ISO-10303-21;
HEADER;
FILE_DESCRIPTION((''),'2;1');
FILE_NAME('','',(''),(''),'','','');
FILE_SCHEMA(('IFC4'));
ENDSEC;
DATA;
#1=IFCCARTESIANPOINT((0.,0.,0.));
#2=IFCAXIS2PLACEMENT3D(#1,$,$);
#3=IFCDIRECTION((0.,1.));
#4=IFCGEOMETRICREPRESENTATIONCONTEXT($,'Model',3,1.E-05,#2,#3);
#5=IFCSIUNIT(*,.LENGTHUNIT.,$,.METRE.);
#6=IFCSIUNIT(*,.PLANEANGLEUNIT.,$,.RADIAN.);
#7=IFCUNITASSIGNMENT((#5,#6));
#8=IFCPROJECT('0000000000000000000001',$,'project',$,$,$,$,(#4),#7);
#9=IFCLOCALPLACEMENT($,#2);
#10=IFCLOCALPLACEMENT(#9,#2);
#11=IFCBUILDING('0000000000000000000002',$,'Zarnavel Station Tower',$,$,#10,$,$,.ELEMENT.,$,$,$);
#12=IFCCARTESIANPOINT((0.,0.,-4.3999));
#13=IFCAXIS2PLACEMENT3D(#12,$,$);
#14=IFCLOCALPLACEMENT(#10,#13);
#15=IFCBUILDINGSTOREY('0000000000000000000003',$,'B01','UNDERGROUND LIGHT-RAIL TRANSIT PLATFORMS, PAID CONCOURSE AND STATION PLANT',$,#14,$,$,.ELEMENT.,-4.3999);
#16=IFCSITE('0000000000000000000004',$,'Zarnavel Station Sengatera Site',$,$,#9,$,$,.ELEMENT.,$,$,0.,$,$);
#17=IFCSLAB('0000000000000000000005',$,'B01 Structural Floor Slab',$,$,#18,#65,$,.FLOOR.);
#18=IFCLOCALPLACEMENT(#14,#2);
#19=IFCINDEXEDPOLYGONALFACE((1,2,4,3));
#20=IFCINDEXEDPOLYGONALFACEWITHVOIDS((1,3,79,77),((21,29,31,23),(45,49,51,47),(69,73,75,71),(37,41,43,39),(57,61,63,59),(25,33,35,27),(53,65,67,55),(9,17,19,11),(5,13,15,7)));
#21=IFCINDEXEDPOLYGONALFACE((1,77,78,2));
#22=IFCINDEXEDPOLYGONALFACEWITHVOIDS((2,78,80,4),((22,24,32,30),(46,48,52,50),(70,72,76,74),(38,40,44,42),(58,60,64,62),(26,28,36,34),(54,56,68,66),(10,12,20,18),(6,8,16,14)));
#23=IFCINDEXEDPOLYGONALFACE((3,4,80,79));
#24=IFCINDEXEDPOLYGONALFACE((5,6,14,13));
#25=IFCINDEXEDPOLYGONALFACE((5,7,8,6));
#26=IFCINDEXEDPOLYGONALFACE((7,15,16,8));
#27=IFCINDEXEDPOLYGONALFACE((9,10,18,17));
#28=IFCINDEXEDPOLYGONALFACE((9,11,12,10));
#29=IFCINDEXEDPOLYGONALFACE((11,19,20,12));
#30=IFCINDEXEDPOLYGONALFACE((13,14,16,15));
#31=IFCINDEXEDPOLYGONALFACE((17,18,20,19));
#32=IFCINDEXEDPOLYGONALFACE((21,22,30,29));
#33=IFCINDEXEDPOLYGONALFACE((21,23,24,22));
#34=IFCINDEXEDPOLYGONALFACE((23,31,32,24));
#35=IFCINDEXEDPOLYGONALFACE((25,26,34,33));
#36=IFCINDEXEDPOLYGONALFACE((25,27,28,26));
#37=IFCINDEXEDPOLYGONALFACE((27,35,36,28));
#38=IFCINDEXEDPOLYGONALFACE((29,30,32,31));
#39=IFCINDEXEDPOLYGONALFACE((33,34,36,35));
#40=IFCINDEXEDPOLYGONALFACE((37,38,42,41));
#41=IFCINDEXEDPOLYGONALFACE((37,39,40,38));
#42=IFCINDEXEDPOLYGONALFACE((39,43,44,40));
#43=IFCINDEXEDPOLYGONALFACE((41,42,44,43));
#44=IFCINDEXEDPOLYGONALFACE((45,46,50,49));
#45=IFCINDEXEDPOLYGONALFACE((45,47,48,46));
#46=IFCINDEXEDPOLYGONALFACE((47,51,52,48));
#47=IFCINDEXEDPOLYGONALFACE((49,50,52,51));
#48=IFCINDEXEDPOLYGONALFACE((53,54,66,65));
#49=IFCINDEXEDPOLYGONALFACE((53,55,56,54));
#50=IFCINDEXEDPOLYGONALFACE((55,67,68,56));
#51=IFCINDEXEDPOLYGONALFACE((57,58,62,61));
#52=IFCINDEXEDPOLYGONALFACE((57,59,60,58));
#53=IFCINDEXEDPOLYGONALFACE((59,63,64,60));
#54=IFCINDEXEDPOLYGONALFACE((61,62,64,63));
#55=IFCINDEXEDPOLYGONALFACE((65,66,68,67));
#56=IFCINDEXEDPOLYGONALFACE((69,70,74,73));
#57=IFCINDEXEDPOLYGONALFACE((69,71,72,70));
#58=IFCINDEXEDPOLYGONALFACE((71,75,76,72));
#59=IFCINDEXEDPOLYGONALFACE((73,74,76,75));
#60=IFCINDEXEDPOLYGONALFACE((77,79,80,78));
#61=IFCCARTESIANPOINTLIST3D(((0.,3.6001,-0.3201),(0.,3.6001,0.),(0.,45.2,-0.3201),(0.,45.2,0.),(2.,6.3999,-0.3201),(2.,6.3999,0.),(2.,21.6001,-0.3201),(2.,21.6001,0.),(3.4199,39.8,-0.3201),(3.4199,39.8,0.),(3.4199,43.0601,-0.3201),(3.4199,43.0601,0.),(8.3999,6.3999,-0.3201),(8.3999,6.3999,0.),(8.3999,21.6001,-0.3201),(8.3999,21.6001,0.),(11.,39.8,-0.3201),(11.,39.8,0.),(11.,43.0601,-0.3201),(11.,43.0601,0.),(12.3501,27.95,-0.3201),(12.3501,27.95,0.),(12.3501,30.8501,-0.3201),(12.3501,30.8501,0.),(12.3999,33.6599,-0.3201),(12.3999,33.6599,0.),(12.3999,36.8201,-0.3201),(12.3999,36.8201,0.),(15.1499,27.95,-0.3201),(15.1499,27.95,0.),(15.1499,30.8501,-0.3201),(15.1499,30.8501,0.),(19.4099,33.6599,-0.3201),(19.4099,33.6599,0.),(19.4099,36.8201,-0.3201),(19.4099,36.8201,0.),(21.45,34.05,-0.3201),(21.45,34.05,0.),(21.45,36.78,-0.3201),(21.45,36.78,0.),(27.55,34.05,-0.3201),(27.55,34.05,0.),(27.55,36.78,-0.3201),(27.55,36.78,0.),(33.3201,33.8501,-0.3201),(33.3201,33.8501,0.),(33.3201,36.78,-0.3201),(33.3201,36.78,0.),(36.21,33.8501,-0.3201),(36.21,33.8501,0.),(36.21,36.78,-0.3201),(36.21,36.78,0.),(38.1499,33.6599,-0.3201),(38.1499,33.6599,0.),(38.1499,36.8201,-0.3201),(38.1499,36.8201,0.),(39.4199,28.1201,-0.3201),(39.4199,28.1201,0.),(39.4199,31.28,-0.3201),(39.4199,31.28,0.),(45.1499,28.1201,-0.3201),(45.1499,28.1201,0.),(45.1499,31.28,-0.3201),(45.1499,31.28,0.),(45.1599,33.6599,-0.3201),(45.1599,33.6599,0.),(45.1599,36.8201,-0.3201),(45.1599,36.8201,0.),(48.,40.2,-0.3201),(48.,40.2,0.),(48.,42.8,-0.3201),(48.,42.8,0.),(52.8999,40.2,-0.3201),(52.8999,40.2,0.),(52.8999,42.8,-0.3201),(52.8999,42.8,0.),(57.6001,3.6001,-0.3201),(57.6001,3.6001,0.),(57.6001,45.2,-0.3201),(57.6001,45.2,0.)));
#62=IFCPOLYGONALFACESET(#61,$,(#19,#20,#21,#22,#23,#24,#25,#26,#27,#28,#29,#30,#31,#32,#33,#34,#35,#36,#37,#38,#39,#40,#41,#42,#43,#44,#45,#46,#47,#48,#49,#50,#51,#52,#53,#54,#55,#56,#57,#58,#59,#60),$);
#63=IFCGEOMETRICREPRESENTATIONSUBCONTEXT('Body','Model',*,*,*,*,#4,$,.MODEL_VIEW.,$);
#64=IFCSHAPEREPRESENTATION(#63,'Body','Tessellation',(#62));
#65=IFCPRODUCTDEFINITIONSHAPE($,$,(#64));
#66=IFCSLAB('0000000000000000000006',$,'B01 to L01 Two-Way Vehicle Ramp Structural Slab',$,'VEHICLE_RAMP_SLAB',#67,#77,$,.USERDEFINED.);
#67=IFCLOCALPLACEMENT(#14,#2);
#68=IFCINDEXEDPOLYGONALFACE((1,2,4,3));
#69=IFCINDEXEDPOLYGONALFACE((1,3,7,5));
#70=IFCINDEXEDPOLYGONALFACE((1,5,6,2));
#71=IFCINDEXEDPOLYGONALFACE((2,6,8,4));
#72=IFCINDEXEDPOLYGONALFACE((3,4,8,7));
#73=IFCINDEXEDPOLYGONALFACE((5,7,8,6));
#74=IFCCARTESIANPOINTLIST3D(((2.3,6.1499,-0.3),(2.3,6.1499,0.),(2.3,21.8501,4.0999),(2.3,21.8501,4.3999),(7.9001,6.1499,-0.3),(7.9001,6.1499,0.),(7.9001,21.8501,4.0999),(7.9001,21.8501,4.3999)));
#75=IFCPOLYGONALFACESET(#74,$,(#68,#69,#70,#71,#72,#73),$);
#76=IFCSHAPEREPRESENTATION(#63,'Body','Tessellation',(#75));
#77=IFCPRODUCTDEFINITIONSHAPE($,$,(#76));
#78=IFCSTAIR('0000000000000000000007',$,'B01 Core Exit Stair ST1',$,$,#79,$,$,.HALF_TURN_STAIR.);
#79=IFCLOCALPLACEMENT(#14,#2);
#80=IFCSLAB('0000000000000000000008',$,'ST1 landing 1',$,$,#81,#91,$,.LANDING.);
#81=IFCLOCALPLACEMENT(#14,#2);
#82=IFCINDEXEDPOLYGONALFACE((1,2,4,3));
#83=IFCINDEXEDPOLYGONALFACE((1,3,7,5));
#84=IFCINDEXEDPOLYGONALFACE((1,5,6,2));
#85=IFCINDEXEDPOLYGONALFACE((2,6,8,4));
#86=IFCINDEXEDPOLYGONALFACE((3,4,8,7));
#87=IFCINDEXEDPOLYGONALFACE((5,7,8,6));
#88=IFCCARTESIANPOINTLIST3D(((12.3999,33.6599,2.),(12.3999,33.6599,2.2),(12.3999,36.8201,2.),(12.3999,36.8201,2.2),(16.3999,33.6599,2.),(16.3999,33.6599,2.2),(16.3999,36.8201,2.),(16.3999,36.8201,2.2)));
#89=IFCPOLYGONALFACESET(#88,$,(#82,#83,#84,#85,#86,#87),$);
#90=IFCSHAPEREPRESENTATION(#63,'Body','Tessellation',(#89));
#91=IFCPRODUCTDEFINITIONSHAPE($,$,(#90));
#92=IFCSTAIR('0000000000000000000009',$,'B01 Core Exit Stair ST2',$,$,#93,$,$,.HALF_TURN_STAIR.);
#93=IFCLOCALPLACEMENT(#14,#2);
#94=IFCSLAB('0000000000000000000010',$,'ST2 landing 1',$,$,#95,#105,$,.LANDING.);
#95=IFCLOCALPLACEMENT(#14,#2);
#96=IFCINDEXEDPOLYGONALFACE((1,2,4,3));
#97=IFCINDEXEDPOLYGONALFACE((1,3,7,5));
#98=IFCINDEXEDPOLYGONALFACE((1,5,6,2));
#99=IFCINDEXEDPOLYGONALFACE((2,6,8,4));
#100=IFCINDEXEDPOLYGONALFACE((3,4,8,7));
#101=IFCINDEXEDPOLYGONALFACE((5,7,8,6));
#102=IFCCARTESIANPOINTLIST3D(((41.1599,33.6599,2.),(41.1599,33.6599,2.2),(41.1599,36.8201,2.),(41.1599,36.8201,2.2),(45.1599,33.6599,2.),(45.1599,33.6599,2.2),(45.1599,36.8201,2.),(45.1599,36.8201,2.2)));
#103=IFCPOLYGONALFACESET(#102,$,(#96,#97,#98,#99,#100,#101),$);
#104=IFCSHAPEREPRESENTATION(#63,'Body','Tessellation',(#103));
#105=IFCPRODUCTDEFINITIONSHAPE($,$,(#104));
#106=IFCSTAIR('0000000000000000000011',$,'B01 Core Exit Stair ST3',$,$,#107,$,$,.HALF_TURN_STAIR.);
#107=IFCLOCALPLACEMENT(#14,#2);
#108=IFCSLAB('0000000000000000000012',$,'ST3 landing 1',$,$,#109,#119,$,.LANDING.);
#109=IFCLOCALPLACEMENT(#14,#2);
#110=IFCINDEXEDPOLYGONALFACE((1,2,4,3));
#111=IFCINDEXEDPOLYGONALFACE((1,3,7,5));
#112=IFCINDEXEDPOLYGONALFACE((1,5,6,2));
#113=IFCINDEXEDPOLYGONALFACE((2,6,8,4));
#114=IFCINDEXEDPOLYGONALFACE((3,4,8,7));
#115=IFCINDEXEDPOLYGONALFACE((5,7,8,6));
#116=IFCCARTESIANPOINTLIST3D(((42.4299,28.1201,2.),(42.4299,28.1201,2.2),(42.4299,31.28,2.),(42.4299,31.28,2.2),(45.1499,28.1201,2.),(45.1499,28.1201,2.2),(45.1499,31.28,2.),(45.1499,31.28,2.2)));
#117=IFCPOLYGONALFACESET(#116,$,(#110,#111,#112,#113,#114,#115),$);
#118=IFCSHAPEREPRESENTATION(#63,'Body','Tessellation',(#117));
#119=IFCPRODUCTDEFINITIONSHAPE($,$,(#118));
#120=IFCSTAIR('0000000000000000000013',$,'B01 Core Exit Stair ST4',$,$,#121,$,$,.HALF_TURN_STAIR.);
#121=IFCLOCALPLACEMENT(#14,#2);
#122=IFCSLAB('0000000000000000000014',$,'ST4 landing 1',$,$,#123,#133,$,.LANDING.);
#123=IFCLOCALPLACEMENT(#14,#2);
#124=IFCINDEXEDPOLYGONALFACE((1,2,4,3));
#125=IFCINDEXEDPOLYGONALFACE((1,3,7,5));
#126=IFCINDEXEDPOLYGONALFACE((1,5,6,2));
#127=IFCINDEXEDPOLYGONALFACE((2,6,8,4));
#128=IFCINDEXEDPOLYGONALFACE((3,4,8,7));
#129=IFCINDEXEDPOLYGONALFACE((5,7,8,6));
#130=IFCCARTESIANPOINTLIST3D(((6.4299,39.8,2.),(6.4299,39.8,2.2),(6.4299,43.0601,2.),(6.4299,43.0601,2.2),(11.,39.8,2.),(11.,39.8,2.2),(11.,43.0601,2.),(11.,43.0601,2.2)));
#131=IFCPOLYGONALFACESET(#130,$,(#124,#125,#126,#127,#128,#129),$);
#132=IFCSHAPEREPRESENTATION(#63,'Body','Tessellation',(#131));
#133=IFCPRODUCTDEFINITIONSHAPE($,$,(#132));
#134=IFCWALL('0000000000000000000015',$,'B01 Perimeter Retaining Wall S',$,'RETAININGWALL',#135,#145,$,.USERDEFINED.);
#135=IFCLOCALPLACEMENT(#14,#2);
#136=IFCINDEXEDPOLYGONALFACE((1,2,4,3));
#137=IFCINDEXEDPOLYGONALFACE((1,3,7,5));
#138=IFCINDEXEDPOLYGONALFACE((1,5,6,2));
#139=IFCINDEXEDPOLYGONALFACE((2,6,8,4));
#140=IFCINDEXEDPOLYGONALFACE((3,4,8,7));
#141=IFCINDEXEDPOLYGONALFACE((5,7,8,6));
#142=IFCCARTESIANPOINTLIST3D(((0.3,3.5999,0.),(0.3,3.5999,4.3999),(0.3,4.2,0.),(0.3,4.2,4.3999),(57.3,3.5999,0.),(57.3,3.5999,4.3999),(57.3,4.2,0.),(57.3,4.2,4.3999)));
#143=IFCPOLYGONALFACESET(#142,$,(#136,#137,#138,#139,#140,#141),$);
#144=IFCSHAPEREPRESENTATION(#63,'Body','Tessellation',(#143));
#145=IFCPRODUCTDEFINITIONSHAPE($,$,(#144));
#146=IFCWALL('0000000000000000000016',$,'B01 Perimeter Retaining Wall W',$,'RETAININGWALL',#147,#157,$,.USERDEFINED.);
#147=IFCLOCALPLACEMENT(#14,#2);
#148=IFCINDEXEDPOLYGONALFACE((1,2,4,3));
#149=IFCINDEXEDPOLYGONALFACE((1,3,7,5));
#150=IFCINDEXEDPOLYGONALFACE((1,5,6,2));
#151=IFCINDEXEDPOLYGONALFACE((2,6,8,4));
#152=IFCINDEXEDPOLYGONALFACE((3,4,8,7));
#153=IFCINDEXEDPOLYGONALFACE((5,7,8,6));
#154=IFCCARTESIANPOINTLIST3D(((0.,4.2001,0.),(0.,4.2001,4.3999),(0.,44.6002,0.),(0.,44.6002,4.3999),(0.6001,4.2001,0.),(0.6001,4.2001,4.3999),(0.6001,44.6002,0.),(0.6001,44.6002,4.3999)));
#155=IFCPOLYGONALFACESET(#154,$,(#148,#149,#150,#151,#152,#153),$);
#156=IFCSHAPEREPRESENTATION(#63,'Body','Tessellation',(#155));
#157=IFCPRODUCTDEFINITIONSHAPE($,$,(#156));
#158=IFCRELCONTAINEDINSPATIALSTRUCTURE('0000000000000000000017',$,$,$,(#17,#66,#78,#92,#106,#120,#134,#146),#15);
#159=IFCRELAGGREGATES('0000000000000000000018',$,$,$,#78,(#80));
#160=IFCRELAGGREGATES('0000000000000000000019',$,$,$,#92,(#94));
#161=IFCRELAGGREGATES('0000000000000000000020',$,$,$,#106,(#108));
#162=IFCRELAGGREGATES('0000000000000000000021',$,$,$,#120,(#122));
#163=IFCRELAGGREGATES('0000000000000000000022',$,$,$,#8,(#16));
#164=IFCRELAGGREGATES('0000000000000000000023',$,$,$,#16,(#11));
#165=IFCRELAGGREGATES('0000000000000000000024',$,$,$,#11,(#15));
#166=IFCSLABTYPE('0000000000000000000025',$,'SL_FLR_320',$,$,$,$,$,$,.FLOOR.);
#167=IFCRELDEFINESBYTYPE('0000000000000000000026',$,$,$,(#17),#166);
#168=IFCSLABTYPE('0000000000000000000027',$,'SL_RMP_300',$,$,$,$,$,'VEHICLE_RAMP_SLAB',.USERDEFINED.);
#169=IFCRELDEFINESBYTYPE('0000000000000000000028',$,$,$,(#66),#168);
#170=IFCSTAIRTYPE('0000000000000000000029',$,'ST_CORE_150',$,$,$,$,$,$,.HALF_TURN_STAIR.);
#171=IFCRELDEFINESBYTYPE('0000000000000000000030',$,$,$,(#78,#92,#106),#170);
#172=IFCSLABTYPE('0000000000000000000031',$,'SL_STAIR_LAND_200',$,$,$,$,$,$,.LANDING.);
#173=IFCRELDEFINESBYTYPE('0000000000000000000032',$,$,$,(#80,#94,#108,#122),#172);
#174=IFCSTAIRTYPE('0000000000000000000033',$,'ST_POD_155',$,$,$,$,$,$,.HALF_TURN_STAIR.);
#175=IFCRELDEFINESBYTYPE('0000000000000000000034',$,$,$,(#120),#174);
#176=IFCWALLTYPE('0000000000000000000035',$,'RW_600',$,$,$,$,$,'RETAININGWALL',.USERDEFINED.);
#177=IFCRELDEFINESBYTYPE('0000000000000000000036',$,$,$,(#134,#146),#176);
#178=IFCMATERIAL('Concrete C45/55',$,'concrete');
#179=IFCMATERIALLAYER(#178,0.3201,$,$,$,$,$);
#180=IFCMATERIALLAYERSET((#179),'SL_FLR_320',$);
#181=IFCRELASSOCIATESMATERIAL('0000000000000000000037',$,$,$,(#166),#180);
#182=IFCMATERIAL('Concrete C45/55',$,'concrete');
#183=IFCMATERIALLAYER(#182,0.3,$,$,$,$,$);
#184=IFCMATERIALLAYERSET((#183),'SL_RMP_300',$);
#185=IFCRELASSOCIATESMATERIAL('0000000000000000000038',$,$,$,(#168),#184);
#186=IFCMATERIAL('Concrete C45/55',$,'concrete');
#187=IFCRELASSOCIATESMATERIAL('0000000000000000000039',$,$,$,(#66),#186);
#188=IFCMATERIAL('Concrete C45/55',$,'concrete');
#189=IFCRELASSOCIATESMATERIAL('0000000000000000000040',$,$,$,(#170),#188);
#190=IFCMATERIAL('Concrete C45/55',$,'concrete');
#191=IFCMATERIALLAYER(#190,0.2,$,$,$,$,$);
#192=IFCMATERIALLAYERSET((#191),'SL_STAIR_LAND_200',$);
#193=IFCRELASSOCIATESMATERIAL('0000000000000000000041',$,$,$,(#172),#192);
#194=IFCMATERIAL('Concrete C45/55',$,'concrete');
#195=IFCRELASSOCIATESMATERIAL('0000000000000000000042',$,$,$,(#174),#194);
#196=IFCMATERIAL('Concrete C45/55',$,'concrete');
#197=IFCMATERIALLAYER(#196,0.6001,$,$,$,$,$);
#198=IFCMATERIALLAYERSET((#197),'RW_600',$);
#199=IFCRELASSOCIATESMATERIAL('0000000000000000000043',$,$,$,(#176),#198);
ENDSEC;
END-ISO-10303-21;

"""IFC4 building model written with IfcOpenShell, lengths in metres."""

from ifc_helpers import new_model, si_unit, direction, frame, frame_2d, origin, place, context, subcontext, project, spatial, polyline, rectangle, outline, extrude, material, layer, layer_set, type_object, element, aggregate, save


model = new_model("IFC4")

# Units and contexts
model_context = context("Model", 3, precision=1e-05, world=origin(), true_north=direction((0.0, 1.0)))
body_context = subcontext(model_context, "Body", "Model", "MODEL_VIEW")
ifc_project = project(units=[si_unit("LENGTHUNIT", "METRE"), si_unit("PLANEANGLEUNIT", "RADIAN")], contexts=[model_context])

# Site, building, storey
site_placement = place(None, origin())
site = spatial("IfcSite", under=ifc_project, at=site_placement, Name="Zarnavel Station Sengatera Site", CompositionType="ELEMENT", RefElevation=0.0)
building_placement = place(site_placement, origin())
building = spatial("IfcBuilding", under=site, at=building_placement, Name="Zarnavel Station Tower", CompositionType="ELEMENT")
storey_placement = place(building_placement, frame((0.0, 0.0, -4.3999)))
storey = spatial("IfcBuildingStorey", under=building, at=storey_placement, Name="B01", Description="UNDERGROUND LIGHT-RAIL TRANSIT PLATFORMS, PAID CONCOURSE AND STATION PLANT", CompositionType="ELEMENT", Elevation=-4.3999)

# Slabs
ifc_material_1 = material(Name="Concrete C45/55", Category="concrete")
ifc_layer_1 = layer(ifc_material_1, 0.3201)
ifc_layer_set_1 = layer_set([ifc_layer_1], Name="SL_FLR_320")
slab_type_1 = type_object("IfcSlabType", Name="SL_FLR_320", PredefinedType="FLOOR", material=ifc_layer_set_1)
slab_1_placement = place(storey_placement, frame((0.0, 0.0, -0.3201)))
element("IfcSlab", 1, at=slab_1_placement, inside=storey, type_object=slab_type_1, Name="B01 Structural Floor Slab", PredefinedType="FLOOR", context=body_context, shape_type="SweptSolid", body=[
    extrude(outline(polyline([(0.0, 3.6001), (57.6001, 3.6001), (57.6001, 45.2), (0.0, 45.2), (0.0, 3.6001)]), holes=[polyline([(12.3999, 33.6599), (19.4099, 33.6599), (19.4099, 36.8201), (12.3999, 36.8201), (12.3999, 33.6599)]), polyline([(38.1499, 33.6599), (45.1599, 33.6599), (45.1599, 36.8201), (38.1499, 36.8201), (38.1499, 33.6599)]), polyline([(39.4199, 28.1201), (45.1499, 28.1201), (45.1499, 31.28), (39.4199, 31.28), (39.4199, 28.1201)]), polyline([(3.4199, 39.8), (11.0, 39.8), (11.0, 43.0601), (3.4199, 43.0601), (3.4199, 39.8)]), polyline([(12.3501, 27.95), (15.1499, 27.95), (15.1499, 30.8501), (12.3501, 30.8501), (12.3501, 27.95)]), polyline([(33.3201, 33.8501), (36.21, 33.8501), (36.21, 36.78), (33.3201, 36.78), (33.3201, 33.8501)]), polyline([(21.45, 34.05), (27.55, 34.05), (27.55, 36.78), (21.45, 36.78), (21.45, 34.05)]), polyline([(48.0, 40.2), (52.8999, 40.2), (52.8999, 42.8), (48.0, 42.8), (48.0, 40.2)]), polyline([(2.0, 6.3999), (8.3999, 6.3999), (8.3999, 21.6001), (2.0, 21.6001), (2.0, 6.3999)])]), origin(), (0.0, 0.0, 1.0), 0.3201),
])
ifc_material_2 = material(Name="Concrete C45/55", Category="concrete")
ifc_material_3 = material(Name="Concrete C45/55", Category="concrete")
ifc_layer_2 = layer(ifc_material_3, 0.3)
ifc_layer_set_2 = layer_set([ifc_layer_2], Name="SL_RMP_300")
slab_type_2 = type_object("IfcSlabType", Name="SL_RMP_300", ElementType="VEHICLE_RAMP_SLAB", PredefinedType="USERDEFINED", material=ifc_layer_set_2)
slab_2_placement = place(storey_placement, frame((5.1001, 6.1499, 0.0), z_axis=(0.0, 0.0, 1.0), x_axis=(0.0, 1.0, 0.0)))
element("IfcSlab", 2, at=slab_2_placement, inside=storey, type_object=slab_type_2, material=ifc_material_2, Name="B01 to L01 Two-Way Vehicle Ramp Structural Slab", ObjectType="VEHICLE_RAMP_SLAB", PredefinedType="USERDEFINED", context=body_context, shape_type="SweptSolid", body=[
    extrude(outline(polyline([(0.0, 0.0), (15.7002, 4.3999), (15.7002, 4.0999), (0.0, -0.3), (0.0, 0.0)])), frame((0.0, -2.8, 0.0), z_axis=(0.0, -1.0, 0.0), x_axis=(1.0, 0.0, 0.0)), (0.0, 0.0, -1.0), 5.6001),
])

# Stairs, slabs
ifc_material_4 = material(Name="Concrete C45/55", Category="concrete")
stair_type_1 = type_object("IfcStairType", Name="ST_CORE_150", PredefinedType="HALF_TURN_STAIR", material=ifc_material_4)
stair_1_placement = place(storey_placement, origin())
stair_1 = element("IfcStair", 3, at=stair_1_placement, inside=storey, type_object=stair_type_1, Name="B01 Core Exit Stair ST1", PredefinedType="HALF_TURN_STAIR")
ifc_material_5 = material(Name="Concrete C45/55", Category="concrete")
ifc_layer_3 = layer(ifc_material_5, 0.2)
ifc_layer_set_3 = layer_set([ifc_layer_3], Name="SL_STAIR_LAND_200")
slab_type_3 = type_object("IfcSlabType", Name="SL_STAIR_LAND_200", PredefinedType="LANDING", material=ifc_layer_set_3)
slab_3_placement = place(storey_placement, frame((0.0, 0.0, 2.0)))
slab_3 = element("IfcSlab", 4, at=slab_3_placement, type_object=slab_type_3, Name="ST1 landing 1", PredefinedType="LANDING", context=body_context, shape_type="SweptSolid", body=[
    extrude(outline(polyline([(16.3999, 36.8201), (12.3999, 36.8201), (12.3999, 33.6599), (16.3999, 33.6599), (16.3999, 36.8201)])), origin(), (0.0, 0.0, 1.0), 0.2),
])
aggregate(stair_1, [slab_3])
stair_2_placement = place(storey_placement, origin())
stair_2 = element("IfcStair", 5, at=stair_2_placement, inside=storey, type_object=stair_type_1, Name="B01 Core Exit Stair ST2", PredefinedType="HALF_TURN_STAIR")
slab_4_placement = place(storey_placement, frame((0.0, 0.0, 2.0)))
slab_4 = element("IfcSlab", 6, at=slab_4_placement, type_object=slab_type_3, Name="ST2 landing 1", PredefinedType="LANDING", context=body_context, shape_type="SweptSolid", body=[
    extrude(outline(polyline([(41.1599, 33.6599), (45.1599, 33.6599), (45.1599, 36.8201), (41.1599, 36.8201), (41.1599, 33.6599)])), origin(), (0.0, 0.0, 1.0), 0.2),
])
aggregate(stair_2, [slab_4])
stair_3_placement = place(storey_placement, origin())
stair_3 = element("IfcStair", 7, at=stair_3_placement, inside=storey, type_object=stair_type_1, Name="B01 Core Exit Stair ST3", PredefinedType="HALF_TURN_STAIR")
slab_5_placement = place(storey_placement, frame((0.0, 0.0, 2.0)))
slab_5 = element("IfcSlab", 8, at=slab_5_placement, type_object=slab_type_3, Name="ST3 landing 1", PredefinedType="LANDING", context=body_context, shape_type="SweptSolid", body=[
    extrude(outline(polyline([(42.4299, 28.1201), (45.1499, 28.1201), (45.1499, 31.28), (42.4299, 31.28), (42.4299, 28.1201)])), origin(), (0.0, 0.0, 1.0), 0.2),
])
aggregate(stair_3, [slab_5])
ifc_material_6 = material(Name="Concrete C45/55", Category="concrete")
stair_type_2 = type_object("IfcStairType", Name="ST_POD_155", PredefinedType="HALF_TURN_STAIR", material=ifc_material_6)
stair_4_placement = place(storey_placement, origin())
stair_4 = element("IfcStair", 9, at=stair_4_placement, inside=storey, type_object=stair_type_2, Name="B01 Core Exit Stair ST4", PredefinedType="HALF_TURN_STAIR")
slab_6_placement = place(storey_placement, frame((0.0, 0.0, 2.0)))
slab_6 = element("IfcSlab", 10, at=slab_6_placement, type_object=slab_type_3, Name="ST4 landing 1", PredefinedType="LANDING", context=body_context, shape_type="SweptSolid", body=[
    extrude(outline(polyline([(6.4299, 39.8), (11.0, 39.8), (11.0, 43.0601), (6.4299, 43.0601), (6.4299, 39.8)])), origin(), (0.0, 0.0, 1.0), 0.2),
])
aggregate(stair_4, [slab_6])

# Walls
ifc_material_7 = material(Name="Concrete C45/55", Category="concrete")
ifc_layer_4 = layer(ifc_material_7, 0.6001)
ifc_layer_set_4 = layer_set([ifc_layer_4], Name="RW_600")
wall_type = type_object("IfcWallType", Name="RW_600", ElementType="RETAININGWALL", PredefinedType="USERDEFINED", material=ifc_layer_set_4)
wall_1_placement = place(storey_placement, frame((0.3, 3.8999, 0.0), z_axis=(0.0, 0.0, 1.0), x_axis=(1.0, 0.0, 0.0)))
element("IfcWall", 11, at=wall_1_placement, inside=storey, type_object=wall_type, Name="B01 Perimeter Retaining Wall S", ObjectType="RETAININGWALL", PredefinedType="USERDEFINED", context=body_context, shape_type="SweptSolid", body=[
    extrude(rectangle(XDim=57.0, YDim=0.6001, at=frame_2d((28.5, 0.0))), origin(), (0.0, 0.0, 1.0), 4.3999),
])
wall_2_placement = place(storey_placement, frame((0.3, 4.2, 0.0), z_axis=(0.0, 0.0, 1.0), x_axis=(0.0, 1.0, 0.0)))
element("IfcWall", 12, at=wall_2_placement, inside=storey, type_object=wall_type, Name="B01 Perimeter Retaining Wall W", ObjectType="RETAININGWALL", PredefinedType="USERDEFINED", context=body_context, shape_type="SweptSolid", body=[
    extrude(rectangle(XDim=40.4001, YDim=0.6001, at=frame_2d((20.2002, 0.0))), origin(), (0.0, 0.0, 1.0), 4.3999),
])

save(model, "model.ifc")
